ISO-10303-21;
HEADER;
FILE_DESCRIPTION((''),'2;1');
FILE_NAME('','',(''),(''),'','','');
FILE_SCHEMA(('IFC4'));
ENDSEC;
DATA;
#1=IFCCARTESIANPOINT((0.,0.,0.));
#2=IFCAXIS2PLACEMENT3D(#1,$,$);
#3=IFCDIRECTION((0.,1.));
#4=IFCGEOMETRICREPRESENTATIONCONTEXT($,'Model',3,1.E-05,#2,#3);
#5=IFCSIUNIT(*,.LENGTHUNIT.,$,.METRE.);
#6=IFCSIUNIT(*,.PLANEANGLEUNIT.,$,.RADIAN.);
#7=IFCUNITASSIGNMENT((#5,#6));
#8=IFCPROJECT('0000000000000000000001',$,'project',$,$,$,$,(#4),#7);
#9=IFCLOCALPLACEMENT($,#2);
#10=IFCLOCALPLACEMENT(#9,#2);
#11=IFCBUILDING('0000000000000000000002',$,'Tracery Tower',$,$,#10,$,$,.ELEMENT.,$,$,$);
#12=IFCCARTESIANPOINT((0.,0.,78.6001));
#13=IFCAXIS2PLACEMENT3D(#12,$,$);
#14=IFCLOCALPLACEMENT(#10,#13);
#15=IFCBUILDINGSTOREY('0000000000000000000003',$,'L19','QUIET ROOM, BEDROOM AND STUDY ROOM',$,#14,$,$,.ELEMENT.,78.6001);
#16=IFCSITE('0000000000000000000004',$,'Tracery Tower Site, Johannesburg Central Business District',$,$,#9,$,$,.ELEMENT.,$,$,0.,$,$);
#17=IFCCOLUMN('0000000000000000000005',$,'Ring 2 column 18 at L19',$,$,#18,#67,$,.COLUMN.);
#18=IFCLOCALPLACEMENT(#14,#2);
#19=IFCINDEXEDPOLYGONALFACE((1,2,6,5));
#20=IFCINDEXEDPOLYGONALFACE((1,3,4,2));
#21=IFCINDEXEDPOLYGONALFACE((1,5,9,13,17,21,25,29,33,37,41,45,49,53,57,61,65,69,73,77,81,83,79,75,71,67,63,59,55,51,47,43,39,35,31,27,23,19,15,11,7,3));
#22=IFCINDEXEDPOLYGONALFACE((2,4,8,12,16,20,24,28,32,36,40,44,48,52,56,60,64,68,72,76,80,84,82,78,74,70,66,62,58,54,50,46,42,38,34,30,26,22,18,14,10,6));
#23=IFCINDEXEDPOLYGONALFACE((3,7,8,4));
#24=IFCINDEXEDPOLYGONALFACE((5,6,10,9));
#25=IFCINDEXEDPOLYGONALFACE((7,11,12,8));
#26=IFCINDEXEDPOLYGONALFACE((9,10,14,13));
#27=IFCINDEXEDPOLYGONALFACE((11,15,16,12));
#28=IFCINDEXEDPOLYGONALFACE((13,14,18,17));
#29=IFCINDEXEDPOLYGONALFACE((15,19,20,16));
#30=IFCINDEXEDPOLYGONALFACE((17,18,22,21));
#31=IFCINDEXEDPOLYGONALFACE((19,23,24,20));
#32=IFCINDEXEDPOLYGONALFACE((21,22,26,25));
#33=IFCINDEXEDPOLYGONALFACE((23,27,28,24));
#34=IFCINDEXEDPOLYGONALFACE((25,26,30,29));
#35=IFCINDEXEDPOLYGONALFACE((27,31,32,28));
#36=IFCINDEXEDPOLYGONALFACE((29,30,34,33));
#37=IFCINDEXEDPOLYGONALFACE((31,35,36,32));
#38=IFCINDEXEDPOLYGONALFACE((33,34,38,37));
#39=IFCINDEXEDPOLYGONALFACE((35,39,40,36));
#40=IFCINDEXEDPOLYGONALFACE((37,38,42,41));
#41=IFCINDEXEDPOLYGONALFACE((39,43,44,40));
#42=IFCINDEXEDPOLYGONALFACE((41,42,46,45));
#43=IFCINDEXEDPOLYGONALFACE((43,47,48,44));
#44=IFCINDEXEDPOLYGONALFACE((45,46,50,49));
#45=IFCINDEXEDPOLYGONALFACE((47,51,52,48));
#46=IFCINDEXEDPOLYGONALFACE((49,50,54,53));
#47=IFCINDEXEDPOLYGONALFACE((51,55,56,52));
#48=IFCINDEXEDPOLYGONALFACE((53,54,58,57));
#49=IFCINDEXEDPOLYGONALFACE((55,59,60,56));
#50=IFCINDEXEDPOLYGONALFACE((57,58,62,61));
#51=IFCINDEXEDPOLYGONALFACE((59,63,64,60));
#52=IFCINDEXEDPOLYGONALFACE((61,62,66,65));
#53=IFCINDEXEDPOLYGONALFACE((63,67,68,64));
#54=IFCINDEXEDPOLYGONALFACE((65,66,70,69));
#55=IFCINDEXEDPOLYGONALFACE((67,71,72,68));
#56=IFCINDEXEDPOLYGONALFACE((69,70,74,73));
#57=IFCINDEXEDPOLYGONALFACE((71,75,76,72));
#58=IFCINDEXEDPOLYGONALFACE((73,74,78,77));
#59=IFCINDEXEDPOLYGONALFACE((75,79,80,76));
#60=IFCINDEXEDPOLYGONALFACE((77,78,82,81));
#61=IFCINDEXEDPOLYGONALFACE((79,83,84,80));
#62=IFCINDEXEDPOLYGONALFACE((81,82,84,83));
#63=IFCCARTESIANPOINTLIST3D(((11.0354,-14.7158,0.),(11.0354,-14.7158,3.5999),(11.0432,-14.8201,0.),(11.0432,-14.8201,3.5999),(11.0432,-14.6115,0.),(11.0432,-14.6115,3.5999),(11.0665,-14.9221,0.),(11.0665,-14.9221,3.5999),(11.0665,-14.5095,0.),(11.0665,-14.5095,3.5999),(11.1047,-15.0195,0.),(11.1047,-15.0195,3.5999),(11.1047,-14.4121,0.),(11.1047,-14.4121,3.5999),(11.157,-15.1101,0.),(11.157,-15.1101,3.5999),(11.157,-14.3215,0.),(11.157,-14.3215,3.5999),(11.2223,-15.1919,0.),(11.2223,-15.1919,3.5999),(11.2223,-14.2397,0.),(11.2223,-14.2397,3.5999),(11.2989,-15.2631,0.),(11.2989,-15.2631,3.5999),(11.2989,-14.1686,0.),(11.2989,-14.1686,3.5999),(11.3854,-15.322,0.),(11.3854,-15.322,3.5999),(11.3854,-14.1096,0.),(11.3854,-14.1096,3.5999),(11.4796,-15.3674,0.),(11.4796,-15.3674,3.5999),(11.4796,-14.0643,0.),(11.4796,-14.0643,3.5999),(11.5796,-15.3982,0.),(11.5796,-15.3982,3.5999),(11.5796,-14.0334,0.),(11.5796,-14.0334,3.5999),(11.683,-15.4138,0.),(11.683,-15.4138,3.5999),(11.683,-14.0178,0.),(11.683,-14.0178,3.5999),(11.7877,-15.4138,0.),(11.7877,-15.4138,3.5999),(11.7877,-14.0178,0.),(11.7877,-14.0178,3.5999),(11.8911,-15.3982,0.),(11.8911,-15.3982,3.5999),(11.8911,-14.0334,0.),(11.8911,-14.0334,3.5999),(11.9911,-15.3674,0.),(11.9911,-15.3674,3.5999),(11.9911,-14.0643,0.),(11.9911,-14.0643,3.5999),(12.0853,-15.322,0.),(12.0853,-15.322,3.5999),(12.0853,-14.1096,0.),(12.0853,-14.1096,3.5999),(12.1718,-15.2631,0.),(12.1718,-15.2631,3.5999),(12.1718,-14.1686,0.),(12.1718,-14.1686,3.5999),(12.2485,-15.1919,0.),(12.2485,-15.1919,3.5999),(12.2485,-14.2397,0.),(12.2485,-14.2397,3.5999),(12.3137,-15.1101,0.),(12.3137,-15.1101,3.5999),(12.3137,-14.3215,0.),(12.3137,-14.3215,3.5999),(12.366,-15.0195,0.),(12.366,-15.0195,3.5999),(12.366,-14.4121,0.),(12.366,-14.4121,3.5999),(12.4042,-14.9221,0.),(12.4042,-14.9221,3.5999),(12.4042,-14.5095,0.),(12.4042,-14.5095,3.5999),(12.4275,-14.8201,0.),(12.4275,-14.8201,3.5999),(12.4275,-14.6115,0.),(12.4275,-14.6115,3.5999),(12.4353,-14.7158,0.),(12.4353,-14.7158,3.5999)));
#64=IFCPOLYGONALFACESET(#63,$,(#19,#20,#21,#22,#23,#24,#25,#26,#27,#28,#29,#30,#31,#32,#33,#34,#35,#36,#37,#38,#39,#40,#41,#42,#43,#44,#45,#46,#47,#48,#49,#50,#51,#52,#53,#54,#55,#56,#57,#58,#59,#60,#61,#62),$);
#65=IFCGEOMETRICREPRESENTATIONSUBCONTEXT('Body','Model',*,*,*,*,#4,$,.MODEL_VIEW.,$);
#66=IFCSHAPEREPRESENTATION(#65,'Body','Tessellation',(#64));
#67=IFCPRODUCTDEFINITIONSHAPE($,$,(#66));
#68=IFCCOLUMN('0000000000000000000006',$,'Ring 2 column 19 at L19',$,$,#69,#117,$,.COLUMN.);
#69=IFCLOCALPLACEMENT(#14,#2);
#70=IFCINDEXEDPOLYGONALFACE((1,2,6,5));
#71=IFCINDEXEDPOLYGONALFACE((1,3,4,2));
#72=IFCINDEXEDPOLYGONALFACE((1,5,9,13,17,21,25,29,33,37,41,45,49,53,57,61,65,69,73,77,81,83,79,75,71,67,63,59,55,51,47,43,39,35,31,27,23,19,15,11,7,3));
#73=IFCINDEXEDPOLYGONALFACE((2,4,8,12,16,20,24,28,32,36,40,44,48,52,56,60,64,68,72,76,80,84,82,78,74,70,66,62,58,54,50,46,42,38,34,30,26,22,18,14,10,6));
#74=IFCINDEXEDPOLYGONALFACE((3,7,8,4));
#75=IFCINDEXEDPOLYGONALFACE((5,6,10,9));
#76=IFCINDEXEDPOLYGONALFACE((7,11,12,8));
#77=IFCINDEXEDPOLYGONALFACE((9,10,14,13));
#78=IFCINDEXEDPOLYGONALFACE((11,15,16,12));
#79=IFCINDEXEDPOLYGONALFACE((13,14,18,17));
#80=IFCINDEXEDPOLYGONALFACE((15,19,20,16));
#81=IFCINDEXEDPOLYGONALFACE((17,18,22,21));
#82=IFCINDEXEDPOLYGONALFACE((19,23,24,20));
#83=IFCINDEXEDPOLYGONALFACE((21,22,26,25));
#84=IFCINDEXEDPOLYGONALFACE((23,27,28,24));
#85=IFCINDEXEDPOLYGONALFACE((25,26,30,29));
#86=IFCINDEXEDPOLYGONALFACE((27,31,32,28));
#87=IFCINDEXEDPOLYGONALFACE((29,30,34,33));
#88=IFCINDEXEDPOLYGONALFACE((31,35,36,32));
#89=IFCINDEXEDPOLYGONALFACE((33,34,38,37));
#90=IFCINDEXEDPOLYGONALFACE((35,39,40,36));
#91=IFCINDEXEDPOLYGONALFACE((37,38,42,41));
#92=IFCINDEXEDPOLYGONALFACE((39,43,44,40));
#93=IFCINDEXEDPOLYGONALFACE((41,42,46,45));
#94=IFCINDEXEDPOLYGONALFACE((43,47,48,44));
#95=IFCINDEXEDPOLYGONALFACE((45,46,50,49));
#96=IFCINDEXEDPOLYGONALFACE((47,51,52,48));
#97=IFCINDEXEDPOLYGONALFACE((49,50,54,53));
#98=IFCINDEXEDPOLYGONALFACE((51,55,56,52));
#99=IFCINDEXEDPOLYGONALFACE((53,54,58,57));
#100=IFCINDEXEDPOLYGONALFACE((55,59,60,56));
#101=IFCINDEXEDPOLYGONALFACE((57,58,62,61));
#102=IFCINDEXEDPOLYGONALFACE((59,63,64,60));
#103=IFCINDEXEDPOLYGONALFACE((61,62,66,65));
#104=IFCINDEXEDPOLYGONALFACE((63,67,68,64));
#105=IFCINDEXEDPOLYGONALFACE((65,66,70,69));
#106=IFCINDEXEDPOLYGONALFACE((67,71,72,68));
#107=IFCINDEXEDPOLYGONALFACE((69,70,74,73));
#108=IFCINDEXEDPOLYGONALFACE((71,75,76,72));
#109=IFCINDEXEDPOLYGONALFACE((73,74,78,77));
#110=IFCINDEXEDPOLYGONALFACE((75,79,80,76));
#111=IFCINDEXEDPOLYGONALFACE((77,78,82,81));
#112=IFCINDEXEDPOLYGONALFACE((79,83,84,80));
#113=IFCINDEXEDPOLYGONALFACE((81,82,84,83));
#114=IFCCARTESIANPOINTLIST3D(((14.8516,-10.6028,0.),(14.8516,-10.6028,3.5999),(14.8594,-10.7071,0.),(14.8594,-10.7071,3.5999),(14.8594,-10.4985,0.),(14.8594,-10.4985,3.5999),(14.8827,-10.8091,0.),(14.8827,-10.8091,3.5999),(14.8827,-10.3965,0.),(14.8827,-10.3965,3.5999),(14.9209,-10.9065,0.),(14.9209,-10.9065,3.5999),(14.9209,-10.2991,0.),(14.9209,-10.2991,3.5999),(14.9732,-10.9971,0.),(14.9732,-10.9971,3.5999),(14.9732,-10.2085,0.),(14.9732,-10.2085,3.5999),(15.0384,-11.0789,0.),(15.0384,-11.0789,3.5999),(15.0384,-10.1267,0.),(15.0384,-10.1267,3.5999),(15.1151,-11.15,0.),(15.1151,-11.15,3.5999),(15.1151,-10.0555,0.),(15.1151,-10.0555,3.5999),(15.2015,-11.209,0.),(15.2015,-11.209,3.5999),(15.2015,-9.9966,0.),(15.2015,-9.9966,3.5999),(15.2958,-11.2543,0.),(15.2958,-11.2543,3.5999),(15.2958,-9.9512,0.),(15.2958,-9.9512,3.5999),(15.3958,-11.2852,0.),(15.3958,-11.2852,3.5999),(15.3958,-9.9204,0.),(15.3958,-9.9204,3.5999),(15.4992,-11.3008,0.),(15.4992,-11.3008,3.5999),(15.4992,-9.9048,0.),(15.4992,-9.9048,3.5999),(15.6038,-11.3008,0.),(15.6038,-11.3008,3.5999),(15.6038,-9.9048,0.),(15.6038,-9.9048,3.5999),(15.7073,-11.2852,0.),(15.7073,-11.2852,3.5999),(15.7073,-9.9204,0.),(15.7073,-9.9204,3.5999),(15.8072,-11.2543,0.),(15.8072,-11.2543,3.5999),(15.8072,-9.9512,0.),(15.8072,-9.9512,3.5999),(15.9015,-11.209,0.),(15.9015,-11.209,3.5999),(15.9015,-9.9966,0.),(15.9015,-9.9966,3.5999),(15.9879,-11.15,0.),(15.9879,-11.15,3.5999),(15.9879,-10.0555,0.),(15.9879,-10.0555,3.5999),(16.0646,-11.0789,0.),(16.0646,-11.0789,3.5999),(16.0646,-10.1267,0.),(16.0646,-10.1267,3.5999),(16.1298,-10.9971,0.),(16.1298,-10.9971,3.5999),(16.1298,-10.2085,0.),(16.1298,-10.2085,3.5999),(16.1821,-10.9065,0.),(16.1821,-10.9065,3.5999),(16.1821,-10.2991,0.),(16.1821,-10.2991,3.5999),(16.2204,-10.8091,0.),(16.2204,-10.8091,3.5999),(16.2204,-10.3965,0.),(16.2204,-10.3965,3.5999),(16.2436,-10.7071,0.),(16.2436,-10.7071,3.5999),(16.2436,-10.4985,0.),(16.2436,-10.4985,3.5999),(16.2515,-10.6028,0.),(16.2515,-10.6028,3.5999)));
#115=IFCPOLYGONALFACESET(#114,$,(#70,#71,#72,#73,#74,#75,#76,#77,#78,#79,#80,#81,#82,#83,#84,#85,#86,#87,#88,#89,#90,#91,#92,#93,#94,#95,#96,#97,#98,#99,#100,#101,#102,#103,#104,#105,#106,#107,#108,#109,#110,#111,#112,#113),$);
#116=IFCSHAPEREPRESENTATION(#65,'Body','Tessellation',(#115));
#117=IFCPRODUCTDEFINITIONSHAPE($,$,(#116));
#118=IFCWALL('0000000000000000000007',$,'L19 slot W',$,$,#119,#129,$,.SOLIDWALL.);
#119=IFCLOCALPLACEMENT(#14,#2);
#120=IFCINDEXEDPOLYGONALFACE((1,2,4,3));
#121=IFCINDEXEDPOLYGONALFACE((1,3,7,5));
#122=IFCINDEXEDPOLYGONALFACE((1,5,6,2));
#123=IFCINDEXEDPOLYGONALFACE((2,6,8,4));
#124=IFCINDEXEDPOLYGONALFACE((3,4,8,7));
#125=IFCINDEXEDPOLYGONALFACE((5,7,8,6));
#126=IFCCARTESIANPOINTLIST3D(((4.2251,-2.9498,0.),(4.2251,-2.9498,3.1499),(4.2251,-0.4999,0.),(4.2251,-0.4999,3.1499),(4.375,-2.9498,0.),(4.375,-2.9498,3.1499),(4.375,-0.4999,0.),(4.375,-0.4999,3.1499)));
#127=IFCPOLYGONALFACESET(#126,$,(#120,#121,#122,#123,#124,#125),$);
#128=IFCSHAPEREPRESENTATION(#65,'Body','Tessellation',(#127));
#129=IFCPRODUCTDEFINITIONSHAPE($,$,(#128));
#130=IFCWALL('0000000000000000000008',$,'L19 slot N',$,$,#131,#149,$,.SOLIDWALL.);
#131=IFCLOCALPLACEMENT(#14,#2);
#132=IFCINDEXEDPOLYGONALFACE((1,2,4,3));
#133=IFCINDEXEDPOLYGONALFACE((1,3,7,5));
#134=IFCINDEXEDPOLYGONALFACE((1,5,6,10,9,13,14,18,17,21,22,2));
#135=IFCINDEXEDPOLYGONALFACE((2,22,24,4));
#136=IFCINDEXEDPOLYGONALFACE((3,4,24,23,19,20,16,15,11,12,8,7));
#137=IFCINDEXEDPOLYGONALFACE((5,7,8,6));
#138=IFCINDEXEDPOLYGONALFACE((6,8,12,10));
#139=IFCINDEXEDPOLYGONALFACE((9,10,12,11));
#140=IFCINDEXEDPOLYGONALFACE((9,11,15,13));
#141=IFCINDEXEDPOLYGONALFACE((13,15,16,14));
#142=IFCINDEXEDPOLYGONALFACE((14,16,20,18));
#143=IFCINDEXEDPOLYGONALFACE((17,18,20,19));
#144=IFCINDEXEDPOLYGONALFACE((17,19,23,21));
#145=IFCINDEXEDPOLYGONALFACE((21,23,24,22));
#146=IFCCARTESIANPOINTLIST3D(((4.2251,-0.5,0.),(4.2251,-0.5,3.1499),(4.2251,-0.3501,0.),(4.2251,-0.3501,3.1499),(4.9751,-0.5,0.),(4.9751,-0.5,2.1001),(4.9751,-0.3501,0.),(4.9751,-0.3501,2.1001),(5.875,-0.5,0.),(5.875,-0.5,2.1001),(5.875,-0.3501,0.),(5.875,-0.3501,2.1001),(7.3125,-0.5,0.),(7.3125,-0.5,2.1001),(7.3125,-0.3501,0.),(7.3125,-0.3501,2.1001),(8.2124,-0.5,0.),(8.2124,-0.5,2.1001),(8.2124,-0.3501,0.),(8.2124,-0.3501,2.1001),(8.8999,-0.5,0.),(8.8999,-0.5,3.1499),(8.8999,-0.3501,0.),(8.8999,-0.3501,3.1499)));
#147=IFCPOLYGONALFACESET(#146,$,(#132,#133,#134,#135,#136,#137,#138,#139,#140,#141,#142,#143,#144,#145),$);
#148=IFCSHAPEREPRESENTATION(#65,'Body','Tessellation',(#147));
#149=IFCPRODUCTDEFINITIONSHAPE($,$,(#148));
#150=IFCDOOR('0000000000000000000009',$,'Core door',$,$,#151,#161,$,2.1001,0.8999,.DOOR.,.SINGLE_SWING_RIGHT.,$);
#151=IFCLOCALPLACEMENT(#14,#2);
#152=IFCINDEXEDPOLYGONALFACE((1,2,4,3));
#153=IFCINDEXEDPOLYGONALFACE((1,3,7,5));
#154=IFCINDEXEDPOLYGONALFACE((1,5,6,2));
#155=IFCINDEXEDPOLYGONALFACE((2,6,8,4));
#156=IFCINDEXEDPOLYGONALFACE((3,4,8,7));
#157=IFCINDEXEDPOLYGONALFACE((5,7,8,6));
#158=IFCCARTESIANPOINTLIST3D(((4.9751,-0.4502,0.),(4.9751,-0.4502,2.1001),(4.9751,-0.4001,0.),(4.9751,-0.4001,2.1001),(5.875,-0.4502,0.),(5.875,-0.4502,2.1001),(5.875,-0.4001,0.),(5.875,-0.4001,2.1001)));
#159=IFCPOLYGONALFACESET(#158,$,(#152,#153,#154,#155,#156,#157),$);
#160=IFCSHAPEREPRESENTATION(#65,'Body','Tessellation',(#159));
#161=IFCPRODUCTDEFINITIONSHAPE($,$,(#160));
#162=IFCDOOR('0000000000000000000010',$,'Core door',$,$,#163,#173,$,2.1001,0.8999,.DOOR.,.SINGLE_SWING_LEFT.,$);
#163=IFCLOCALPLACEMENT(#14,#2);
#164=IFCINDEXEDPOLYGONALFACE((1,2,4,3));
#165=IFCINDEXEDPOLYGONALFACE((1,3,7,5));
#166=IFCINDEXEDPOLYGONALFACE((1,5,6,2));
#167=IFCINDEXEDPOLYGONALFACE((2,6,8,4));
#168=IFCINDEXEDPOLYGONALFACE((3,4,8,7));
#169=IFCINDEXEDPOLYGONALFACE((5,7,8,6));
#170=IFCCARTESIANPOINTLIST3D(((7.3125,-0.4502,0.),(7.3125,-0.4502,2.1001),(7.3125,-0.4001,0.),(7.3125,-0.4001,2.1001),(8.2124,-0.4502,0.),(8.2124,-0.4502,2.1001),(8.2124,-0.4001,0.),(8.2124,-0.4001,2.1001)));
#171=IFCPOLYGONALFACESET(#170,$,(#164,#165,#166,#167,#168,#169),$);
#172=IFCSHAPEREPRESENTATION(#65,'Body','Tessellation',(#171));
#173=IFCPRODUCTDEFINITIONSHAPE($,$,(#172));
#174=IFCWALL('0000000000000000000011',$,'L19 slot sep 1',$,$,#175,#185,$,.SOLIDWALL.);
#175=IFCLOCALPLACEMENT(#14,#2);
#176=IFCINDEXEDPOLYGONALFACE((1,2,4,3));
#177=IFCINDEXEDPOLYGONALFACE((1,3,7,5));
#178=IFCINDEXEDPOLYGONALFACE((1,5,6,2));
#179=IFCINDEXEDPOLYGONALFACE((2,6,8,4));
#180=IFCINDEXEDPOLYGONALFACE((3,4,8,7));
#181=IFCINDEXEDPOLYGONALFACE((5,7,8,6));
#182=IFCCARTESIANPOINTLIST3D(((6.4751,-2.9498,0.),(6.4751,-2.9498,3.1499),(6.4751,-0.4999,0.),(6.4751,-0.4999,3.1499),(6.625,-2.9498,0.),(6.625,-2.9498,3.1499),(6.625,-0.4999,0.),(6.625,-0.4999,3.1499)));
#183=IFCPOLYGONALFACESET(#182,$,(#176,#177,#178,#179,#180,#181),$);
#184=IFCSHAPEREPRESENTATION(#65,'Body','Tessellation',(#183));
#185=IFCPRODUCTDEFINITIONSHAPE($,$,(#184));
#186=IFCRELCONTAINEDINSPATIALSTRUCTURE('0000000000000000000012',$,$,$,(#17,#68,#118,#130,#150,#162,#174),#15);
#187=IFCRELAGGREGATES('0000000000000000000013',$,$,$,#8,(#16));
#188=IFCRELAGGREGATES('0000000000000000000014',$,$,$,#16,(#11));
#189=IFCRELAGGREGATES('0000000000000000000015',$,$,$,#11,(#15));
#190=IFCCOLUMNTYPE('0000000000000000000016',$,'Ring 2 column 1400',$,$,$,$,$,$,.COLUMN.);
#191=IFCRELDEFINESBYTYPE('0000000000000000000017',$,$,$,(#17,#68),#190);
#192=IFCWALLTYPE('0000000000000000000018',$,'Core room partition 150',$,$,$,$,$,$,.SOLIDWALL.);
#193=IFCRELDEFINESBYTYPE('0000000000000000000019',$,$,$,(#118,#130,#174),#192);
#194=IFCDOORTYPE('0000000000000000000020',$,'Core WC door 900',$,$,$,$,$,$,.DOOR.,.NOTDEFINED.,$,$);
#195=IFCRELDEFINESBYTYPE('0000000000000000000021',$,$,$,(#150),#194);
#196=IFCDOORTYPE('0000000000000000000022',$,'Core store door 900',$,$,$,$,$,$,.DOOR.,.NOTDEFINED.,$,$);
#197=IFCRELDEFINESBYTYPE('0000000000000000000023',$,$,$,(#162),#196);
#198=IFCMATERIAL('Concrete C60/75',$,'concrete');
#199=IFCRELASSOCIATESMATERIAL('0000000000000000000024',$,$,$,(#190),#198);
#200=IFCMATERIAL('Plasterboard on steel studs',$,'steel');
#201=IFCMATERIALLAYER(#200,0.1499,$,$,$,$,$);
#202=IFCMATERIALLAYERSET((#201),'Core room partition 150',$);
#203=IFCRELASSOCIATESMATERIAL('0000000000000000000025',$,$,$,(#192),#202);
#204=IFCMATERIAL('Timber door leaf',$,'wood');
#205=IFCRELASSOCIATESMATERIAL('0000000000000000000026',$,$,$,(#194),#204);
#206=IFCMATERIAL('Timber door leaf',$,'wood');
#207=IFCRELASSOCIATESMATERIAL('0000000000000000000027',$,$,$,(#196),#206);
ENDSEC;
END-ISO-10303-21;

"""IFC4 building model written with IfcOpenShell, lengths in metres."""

from ifc_helpers import new_model, si_unit, direction, frame, frame_2d, origin, origin_2d, place, context, subcontext, project, spatial, rectangle, circle, extrude, material, layer, layer_set, material_profile, profile_set, type_object, element, fill, save


model = new_model("IFC4")

# Units and contexts
model_context = context("Model", 3, precision=1e-05, world=origin(), true_north=direction((0.0, 1.0)))
body_context = subcontext(model_context, "Body", "Model", "MODEL_VIEW")
ifc_project = project(units=[si_unit("LENGTHUNIT", "METRE"), si_unit("PLANEANGLEUNIT", "RADIAN")], contexts=[model_context])

# Site, building, storey
site_placement = place(None, origin())
site = spatial("IfcSite", under=ifc_project, at=site_placement, Name="Tracery Tower Site, Johannesburg Central Business District", CompositionType="ELEMENT", RefElevation=0.0)
building_placement = place(site_placement, origin())
building = spatial("IfcBuilding", under=site, at=building_placement, Name="Tracery Tower", CompositionType="ELEMENT")
storey_placement = place(building_placement, frame((0.0, 0.0, 78.6001)))
storey = spatial("IfcBuildingStorey", under=building, at=storey_placement, Name="L19", Description="QUIET ROOM, BEDROOM AND STUDY ROOM", CompositionType="ELEMENT", Elevation=78.6001)

# Columns
ifc_material_1 = material(Name="Concrete C60/75", Category="concrete")
ifc_material_profile = material_profile(ifc_material_1, circle(Radius=0.7, at=origin_2d()), Name="RC D1400")
ifc_profile_set = profile_set([ifc_material_profile], Name="Concrete C60/75")
column_type = type_object("IfcColumnType", Name="Ring 2 column 1400", PredefinedType="COLUMN", material=ifc_profile_set)
for number, where, z_axis, x_axis, name in (
    (1, (11.7354, -14.7158, 0.0), (0.0, 0.0, 1.0), (1.0, 0.0, 0.0), "Ring 2 column 18 at L19"),
    (2, (15.5515, -10.6028, 0.0), (0.0, 0.0, 1.0), (1.0, 0.0, 0.0), "Ring 2 column 19 at L19"),
):
    element("IfcColumn", number, at=place(storey_placement, frame(where, z_axis=z_axis, x_axis=x_axis)), inside=storey, type_object=column_type, Name=name, PredefinedType="COLUMN", context=body_context, shape_type="SweptSolid", body=[
        extrude(circle(Radius=0.7, at=origin_2d()), origin(), (0.0, 0.0, 1.0), 3.5999),
    ])

# Wall
ifc_material_2 = material(Name="Plasterboard on steel studs", Category="steel")
ifc_layer_1 = layer(ifc_material_2, 0.1499)
ifc_layer_set_1 = layer_set([ifc_layer_1], Name="Core room partition 150")
wall_type_1 = type_object("IfcWallType", Name="Core room partition 150", PredefinedType="SOLIDWALL", material=ifc_layer_set_1)
wall_1_placement = place(storey_placement, frame((4.3, -2.95, 0.0), z_axis=(0.0, 0.0, 1.0), x_axis=(0.0, 1.0, 0.0)))
element("IfcWall", 3, at=wall_1_placement, inside=storey, type_object=wall_type_1, Name="L19 slot W", PredefinedType="SOLIDWALL", context=body_context, shape_type="SweptSolid", body=[
    extrude(rectangle(XDim=2.45, YDim=0.1499, at=frame_2d((1.2251, 0.0))), origin(), (0.0, 0.0, 1.0), 3.1499),
])

# Wall, openings, doors
wall_2_placement = place(storey_placement, frame((4.2251, -0.425, 0.0), z_axis=(0.0, 0.0, 1.0), x_axis=(1.0, 0.0, 0.0)))
wall_2 = element("IfcWall", 4, at=wall_2_placement, inside=storey, type_object=wall_type_1, Name="L19 slot N", PredefinedType="SOLIDWALL", context=body_context, shape_type="SweptSolid", body=[
    extrude(rectangle(XDim=4.6748, YDim=0.1499, at=frame_2d((2.3374, 0.0))), origin(), (0.0, 0.0, 1.0), 3.1499),
])
opening_1_placement = place(wall_2_placement, frame((0.75, 0.0, 0.0)))
opening_1 = element("IfcOpeningElement", 5, at=opening_1_placement, cuts=wall_2, PredefinedType="OPENING", context=body_context, shape_type="SweptSolid", body=[
    extrude(rectangle(XDim=0.8999, YDim=2.1001, at=frame_2d((0.45, 1.05))), frame((0.0, 0.075, 0.0), z_axis=(0.0, -1.0, 0.0), x_axis=(1.0, 0.0, 0.0)), (0.0, 0.0, 1.0), 0.1499),
])
opening_2_placement = place(wall_2_placement, frame((3.0874, 0.0, 0.0)))
opening_2 = element("IfcOpeningElement", 6, at=opening_2_placement, cuts=wall_2, PredefinedType="OPENING", context=body_context, shape_type="SweptSolid", body=[
    extrude(rectangle(XDim=0.8999, YDim=2.1001, at=frame_2d((0.45, 1.05))), frame((0.0, 0.075, 0.0), z_axis=(0.0, -1.0, 0.0), x_axis=(1.0, 0.0, 0.0)), (0.0, 0.0, 1.0), 0.1499),
])
ifc_material_3 = material(Name="Timber door leaf", Category="wood")
door_type_1 = type_object("IfcDoorType", Name="Core WC door 900", OperationType="NOTDEFINED", PredefinedType="DOOR", material=ifc_material_3)
door_1_placement = place(opening_1_placement, origin())
door_1 = element("IfcDoor", 7, at=door_1_placement, inside=storey, type_object=door_type_1, Name="Core door", OperationType="SINGLE_SWING_RIGHT", OverallHeight=2.1001, OverallWidth=0.8999, PredefinedType="DOOR", context=body_context, shape_type="SweptSolid", body=[
    extrude(rectangle(XDim=0.8999, YDim=2.1001, at=frame_2d((0.45, 1.05))), frame((0.0, 0.0249, 0.0), z_axis=(0.0, -1.0, 0.0), x_axis=(1.0, 0.0, 0.0)), (0.0, 0.0, 1.0), 0.05),
])
fill(opening_1, door_1)
ifc_material_4 = material(Name="Timber door leaf", Category="wood")
door_type_2 = type_object("IfcDoorType", Name="Core store door 900", OperationType="NOTDEFINED", PredefinedType="DOOR", material=ifc_material_4)
door_2_placement = place(opening_2_placement, origin())
door_2 = element("IfcDoor", 8, at=door_2_placement, inside=storey, type_object=door_type_2, Name="Core door", OperationType="SINGLE_SWING_LEFT", OverallHeight=2.1001, OverallWidth=0.8999, PredefinedType="DOOR", context=body_context, shape_type="SweptSolid", body=[
    extrude(rectangle(XDim=0.8999, YDim=2.1001, at=frame_2d((0.45, 1.05))), frame((0.0, 0.0249, 0.0), z_axis=(0.0, -1.0, 0.0), x_axis=(1.0, 0.0, 0.0)), (0.0, 0.0, 1.0), 0.05),
])
fill(opening_2, door_2)

# Wall
wall_3_placement = place(storey_placement, frame((6.55, -2.95, 0.0), z_axis=(0.0, 0.0, 1.0), x_axis=(0.0, 1.0, 0.0)))
element("IfcWall", 9, at=wall_3_placement, inside=storey, type_object=wall_type_1, Name="L19 slot sep 1", PredefinedType="SOLIDWALL", context=body_context, shape_type="SweptSolid", body=[
    extrude(rectangle(XDim=2.45, YDim=0.1499, at=frame_2d((1.2251, 0.0))), origin(), (0.0, 0.0, 1.0), 3.1499),
])

save(model, "model.ifc")
